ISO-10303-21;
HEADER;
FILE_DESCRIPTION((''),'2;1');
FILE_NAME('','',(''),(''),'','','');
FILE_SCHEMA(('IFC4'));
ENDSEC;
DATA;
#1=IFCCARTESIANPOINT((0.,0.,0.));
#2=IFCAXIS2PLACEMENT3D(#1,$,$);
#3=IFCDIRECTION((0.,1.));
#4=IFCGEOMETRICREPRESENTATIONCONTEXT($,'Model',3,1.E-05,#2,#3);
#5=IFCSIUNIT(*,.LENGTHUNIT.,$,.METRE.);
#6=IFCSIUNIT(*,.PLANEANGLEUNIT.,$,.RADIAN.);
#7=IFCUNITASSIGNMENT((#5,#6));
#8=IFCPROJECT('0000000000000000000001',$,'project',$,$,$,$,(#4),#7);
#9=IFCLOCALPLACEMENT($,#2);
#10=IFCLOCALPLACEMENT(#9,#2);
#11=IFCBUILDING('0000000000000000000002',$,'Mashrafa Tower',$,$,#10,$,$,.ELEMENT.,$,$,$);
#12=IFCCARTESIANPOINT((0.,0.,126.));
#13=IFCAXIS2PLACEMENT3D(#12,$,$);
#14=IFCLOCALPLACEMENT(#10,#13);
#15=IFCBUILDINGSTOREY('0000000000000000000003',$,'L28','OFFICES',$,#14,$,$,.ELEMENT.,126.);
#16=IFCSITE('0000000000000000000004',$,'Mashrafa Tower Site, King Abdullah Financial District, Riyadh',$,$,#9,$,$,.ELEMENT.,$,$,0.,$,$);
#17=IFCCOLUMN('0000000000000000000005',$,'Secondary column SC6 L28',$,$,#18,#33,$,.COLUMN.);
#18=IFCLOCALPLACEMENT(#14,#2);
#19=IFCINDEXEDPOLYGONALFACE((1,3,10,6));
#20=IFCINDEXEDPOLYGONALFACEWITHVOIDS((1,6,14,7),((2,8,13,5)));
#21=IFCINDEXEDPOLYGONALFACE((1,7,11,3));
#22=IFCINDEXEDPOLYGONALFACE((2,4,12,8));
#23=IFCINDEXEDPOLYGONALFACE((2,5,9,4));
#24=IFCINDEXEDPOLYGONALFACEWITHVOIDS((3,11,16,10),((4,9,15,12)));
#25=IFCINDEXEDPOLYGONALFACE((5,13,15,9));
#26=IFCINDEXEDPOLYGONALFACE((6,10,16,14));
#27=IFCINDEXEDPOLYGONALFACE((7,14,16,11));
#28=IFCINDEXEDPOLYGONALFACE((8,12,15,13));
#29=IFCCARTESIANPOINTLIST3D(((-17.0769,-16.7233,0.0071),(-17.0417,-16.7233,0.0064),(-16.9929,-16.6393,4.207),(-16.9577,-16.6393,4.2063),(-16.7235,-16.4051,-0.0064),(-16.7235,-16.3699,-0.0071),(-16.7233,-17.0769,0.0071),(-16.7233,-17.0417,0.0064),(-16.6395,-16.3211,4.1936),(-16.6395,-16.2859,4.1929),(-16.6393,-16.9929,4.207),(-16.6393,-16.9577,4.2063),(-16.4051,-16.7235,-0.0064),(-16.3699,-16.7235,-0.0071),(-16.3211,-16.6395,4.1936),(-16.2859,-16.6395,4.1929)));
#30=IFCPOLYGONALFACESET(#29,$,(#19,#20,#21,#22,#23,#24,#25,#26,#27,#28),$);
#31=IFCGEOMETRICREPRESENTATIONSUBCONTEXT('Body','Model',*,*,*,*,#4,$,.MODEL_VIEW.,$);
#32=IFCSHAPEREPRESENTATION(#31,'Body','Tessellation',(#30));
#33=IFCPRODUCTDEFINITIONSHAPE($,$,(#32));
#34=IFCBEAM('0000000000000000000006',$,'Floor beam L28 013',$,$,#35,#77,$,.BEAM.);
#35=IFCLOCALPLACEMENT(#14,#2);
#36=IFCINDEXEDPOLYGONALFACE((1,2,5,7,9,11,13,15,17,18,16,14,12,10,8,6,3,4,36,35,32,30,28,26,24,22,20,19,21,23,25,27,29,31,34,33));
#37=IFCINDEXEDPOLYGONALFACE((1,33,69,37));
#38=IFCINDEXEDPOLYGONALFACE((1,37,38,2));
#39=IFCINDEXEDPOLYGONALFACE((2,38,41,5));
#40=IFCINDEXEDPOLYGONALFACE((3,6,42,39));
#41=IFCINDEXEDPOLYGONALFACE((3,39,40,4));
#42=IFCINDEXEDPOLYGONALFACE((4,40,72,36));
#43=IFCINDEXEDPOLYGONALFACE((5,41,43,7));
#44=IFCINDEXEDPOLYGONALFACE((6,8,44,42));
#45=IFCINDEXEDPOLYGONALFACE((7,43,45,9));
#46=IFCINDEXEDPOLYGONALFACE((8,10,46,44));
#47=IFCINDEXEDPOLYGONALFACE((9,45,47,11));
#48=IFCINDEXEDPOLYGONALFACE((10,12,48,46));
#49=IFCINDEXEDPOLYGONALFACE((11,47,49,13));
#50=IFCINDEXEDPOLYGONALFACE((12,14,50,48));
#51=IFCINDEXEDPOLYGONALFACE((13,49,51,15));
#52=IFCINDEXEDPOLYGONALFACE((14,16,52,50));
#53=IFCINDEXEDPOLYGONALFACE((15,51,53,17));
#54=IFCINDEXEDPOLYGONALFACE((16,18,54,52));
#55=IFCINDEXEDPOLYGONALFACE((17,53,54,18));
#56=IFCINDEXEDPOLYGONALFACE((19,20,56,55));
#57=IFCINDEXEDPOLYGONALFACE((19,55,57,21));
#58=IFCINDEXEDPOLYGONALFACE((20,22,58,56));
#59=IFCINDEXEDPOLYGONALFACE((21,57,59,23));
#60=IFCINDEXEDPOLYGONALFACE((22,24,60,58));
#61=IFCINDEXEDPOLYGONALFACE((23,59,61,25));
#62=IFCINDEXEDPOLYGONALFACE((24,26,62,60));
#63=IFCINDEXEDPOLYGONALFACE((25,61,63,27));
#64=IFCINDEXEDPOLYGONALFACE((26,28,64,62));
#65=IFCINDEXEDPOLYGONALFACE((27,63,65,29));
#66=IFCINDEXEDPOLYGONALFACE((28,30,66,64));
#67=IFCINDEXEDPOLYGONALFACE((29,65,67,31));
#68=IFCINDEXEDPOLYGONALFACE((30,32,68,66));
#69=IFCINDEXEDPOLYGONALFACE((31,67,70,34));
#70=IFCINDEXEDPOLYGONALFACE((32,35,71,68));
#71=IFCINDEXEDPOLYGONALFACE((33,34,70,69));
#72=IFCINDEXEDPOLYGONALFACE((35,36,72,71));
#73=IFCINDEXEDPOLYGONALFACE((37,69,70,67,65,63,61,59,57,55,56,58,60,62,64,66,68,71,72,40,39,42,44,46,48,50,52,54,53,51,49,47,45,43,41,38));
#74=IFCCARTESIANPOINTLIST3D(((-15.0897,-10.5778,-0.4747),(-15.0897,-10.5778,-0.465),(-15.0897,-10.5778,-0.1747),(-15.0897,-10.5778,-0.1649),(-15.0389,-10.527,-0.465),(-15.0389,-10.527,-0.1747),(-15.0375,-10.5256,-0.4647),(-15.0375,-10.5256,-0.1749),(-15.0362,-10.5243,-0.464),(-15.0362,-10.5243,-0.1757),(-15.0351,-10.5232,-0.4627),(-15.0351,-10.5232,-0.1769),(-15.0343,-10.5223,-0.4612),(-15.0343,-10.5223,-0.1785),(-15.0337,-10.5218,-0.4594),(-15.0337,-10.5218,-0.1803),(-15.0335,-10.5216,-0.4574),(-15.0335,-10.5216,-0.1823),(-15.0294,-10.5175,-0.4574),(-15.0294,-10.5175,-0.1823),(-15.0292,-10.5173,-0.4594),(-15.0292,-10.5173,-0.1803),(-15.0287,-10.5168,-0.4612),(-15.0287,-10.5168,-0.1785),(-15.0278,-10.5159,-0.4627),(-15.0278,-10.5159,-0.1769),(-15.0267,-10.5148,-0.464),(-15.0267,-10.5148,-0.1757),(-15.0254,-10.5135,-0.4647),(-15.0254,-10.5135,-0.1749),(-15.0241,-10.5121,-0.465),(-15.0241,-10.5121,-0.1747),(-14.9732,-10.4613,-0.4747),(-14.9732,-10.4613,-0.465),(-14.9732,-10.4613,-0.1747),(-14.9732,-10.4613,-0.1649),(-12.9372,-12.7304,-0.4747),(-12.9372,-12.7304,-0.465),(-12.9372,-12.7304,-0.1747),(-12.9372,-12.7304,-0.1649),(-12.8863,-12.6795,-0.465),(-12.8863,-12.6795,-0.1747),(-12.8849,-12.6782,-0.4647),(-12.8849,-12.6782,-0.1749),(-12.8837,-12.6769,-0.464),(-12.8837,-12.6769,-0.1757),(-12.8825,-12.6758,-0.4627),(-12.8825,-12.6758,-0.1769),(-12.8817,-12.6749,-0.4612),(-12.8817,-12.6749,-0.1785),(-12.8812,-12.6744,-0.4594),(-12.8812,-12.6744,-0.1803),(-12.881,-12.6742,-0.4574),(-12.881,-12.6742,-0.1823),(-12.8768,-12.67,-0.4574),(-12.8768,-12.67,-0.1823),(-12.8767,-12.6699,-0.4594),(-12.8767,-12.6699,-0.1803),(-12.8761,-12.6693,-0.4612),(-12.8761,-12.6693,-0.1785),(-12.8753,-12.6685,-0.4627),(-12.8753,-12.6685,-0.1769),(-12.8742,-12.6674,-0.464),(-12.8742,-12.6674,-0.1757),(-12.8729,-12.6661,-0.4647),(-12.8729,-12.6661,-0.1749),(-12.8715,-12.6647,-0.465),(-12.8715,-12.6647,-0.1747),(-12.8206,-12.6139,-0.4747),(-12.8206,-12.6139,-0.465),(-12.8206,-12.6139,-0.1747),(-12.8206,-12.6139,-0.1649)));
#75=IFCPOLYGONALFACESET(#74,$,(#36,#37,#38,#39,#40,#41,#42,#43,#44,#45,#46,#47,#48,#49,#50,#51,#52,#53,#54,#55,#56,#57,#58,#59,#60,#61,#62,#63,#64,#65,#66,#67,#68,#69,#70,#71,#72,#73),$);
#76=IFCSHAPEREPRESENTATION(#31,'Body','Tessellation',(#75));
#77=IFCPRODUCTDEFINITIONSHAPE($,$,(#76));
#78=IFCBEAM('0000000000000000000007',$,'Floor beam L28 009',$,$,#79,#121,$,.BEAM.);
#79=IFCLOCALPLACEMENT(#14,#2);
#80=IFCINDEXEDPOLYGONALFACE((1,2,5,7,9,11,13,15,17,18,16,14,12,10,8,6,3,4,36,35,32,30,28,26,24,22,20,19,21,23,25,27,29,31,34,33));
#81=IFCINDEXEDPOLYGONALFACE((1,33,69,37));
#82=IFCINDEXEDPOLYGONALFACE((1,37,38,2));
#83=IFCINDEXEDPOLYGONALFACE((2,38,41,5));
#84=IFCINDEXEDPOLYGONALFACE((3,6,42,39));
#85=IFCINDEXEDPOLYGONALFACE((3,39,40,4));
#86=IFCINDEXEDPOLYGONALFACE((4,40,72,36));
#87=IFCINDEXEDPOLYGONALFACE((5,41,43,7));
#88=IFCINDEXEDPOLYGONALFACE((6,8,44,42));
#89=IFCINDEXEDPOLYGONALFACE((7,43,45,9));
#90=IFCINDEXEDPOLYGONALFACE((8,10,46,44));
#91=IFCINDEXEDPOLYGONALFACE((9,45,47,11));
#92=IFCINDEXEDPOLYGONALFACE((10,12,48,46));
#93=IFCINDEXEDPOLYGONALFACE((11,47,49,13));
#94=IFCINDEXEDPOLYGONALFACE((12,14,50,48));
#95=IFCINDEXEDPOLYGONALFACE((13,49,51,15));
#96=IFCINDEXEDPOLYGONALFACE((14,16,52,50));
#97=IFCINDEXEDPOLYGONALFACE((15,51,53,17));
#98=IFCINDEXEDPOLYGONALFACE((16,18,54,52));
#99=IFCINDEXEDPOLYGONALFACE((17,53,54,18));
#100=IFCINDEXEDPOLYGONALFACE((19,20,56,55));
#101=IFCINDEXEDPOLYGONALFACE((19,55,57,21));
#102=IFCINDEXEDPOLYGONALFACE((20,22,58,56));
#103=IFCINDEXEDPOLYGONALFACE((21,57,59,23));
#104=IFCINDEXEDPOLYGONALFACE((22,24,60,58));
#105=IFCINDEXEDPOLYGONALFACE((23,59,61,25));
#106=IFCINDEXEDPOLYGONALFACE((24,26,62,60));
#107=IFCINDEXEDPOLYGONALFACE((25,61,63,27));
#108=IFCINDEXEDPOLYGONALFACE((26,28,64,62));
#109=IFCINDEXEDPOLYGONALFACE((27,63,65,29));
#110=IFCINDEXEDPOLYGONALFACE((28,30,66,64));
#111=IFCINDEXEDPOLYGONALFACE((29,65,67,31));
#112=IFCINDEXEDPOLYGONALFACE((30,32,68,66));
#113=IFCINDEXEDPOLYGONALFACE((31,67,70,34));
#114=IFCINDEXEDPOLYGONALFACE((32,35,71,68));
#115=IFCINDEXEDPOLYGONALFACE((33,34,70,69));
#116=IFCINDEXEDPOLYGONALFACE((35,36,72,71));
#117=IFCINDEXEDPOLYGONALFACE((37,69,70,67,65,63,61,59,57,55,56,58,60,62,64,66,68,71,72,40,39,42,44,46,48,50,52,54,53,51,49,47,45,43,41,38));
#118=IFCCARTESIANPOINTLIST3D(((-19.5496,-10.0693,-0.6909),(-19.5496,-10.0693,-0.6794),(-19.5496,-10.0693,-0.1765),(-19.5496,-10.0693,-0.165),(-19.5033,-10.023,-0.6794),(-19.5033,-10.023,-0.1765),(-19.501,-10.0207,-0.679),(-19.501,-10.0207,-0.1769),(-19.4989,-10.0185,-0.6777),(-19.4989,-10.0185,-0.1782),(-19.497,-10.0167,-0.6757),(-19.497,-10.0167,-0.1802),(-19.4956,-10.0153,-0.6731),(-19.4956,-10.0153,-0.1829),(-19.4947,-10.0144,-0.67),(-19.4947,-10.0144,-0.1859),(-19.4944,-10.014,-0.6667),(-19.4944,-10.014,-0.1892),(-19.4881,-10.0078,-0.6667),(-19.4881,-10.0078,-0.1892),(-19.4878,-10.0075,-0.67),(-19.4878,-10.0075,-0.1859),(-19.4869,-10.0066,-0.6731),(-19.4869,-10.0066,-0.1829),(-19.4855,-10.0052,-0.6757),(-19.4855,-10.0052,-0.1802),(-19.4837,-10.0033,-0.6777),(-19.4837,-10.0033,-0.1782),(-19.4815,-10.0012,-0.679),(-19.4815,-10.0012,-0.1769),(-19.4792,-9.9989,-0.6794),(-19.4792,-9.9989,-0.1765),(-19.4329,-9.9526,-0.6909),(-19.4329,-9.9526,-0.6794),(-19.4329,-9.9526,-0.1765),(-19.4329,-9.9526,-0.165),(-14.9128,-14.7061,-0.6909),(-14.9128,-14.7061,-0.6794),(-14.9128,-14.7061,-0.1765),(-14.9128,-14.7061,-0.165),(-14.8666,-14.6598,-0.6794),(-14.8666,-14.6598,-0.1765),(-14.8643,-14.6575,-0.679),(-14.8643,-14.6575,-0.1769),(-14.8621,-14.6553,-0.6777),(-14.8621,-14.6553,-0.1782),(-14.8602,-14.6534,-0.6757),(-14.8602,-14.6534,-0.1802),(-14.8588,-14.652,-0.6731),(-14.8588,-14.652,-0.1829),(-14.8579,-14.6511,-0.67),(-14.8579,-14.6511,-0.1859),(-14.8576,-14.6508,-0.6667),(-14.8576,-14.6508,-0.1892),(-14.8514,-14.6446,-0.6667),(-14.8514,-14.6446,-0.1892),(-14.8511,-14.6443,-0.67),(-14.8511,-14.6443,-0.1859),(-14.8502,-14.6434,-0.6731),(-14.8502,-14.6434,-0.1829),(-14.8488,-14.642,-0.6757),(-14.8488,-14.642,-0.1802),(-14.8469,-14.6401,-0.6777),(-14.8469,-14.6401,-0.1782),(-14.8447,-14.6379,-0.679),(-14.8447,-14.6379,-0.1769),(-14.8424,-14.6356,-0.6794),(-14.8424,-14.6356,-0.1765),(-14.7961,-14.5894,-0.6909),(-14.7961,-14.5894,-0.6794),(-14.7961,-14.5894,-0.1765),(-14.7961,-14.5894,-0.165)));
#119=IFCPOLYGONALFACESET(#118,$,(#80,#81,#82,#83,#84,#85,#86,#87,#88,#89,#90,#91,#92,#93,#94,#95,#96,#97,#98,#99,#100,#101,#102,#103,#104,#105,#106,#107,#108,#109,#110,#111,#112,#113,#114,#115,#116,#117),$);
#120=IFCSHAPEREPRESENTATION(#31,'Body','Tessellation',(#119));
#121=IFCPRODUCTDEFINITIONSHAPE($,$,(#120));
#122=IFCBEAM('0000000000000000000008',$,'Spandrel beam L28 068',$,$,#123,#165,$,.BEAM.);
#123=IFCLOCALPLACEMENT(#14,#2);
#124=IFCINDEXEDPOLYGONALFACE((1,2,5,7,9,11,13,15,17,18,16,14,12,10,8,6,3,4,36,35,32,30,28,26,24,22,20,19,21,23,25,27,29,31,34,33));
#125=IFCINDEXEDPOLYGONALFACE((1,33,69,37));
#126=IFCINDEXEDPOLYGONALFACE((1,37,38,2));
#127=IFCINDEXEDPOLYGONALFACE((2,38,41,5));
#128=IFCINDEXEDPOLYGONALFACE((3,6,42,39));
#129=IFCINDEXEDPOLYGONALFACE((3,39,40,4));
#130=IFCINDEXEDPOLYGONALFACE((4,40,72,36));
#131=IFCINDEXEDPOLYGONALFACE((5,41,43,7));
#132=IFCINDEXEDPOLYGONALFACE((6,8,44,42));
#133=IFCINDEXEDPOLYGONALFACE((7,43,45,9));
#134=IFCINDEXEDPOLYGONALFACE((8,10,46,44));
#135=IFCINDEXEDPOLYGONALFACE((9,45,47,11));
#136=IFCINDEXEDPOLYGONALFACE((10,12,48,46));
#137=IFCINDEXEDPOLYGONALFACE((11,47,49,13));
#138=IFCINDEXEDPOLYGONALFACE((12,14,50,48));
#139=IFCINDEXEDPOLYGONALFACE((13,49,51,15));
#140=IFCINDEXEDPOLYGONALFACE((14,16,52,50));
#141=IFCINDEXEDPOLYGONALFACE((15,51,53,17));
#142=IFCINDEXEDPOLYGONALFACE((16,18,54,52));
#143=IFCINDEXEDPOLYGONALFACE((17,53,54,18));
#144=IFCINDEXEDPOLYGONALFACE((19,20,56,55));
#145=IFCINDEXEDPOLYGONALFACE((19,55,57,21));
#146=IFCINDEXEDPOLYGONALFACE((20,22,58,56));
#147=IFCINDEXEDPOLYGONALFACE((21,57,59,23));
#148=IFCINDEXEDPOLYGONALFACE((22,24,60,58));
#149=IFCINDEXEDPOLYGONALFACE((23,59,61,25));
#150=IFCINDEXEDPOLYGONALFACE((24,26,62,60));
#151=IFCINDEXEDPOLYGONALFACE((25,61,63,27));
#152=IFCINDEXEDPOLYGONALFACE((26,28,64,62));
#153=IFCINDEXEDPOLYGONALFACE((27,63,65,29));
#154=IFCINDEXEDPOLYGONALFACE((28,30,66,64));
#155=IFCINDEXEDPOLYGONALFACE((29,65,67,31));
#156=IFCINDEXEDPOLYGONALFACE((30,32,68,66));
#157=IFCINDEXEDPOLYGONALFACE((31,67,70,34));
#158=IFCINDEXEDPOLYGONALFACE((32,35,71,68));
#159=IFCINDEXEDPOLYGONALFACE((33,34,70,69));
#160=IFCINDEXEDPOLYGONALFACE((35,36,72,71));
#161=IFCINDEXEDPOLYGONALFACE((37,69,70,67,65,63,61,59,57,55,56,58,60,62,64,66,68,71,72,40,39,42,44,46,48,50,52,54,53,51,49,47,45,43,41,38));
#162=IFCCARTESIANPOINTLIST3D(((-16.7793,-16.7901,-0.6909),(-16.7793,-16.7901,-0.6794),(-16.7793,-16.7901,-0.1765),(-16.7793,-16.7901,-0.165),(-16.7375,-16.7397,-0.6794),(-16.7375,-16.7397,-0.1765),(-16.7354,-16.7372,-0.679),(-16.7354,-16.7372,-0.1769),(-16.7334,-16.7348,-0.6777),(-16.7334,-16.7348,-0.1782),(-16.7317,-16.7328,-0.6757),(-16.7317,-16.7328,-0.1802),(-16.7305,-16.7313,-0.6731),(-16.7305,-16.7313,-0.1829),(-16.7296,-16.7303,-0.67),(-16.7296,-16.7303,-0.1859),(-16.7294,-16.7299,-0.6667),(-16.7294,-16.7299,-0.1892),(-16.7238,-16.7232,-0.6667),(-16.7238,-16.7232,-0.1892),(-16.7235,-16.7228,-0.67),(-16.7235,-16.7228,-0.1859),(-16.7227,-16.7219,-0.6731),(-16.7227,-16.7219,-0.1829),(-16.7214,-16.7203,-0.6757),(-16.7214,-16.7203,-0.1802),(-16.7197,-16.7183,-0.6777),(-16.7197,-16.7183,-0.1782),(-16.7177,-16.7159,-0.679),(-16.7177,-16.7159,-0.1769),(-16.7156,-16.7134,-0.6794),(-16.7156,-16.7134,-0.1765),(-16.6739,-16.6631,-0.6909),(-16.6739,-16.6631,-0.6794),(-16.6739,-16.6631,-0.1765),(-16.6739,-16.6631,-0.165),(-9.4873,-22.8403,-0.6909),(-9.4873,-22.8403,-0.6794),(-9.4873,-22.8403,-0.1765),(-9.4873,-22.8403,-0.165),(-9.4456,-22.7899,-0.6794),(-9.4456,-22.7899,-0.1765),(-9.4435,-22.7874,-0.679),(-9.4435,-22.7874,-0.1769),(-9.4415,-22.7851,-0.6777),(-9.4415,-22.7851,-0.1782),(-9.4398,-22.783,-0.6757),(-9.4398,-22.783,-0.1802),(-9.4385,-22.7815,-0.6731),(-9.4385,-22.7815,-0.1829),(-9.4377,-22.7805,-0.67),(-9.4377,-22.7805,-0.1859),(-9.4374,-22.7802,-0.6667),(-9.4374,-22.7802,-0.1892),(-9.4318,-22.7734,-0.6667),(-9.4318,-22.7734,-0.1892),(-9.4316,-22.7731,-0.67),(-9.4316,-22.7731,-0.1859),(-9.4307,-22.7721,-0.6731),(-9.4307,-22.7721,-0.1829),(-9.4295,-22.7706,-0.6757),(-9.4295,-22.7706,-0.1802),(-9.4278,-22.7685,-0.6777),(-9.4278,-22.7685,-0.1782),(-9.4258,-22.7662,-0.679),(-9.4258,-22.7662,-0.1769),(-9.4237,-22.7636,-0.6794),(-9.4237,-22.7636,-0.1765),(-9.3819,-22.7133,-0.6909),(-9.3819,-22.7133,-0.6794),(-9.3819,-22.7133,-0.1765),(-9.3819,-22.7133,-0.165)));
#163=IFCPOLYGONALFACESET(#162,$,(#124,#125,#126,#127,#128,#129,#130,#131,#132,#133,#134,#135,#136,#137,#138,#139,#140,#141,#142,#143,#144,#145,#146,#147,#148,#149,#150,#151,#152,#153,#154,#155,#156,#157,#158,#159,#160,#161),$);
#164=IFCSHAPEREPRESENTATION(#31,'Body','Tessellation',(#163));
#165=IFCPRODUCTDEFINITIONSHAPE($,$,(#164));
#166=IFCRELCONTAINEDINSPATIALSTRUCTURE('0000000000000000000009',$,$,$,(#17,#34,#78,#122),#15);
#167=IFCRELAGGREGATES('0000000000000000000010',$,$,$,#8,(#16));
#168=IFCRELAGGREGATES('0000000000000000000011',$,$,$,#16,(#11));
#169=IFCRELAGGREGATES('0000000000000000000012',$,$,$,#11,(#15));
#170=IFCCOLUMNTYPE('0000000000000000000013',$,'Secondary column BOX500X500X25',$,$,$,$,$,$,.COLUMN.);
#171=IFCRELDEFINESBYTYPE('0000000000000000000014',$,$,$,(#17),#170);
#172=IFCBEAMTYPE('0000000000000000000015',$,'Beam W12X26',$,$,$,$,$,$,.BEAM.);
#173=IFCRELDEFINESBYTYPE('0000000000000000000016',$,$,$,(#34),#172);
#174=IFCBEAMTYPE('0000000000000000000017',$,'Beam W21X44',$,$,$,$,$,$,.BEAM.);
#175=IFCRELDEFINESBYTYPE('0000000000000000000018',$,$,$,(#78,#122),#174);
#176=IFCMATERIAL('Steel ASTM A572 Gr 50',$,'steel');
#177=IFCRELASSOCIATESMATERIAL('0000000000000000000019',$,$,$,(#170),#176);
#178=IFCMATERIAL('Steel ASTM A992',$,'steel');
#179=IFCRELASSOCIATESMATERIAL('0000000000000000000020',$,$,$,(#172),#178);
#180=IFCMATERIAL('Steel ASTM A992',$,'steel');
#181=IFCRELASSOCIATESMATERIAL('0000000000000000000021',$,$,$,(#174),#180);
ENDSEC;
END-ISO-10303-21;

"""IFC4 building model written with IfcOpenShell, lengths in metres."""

from ifc_helpers import new_model, si_unit, direction, frame, origin, origin_2d, place, context, subcontext, project, spatial, hollow_rectangle, i_section, extrude, material, material_profile, profile_set, type_object, element, save


model = new_model("IFC4")

# Units and contexts
model_context = context("Model", 3, precision=1e-05, world=origin(), true_north=direction((0.0, 1.0)))
body_context = subcontext(model_context, "Body", "Model", "MODEL_VIEW")
ifc_project = project(units=[si_unit("LENGTHUNIT", "METRE"), si_unit("PLANEANGLEUNIT", "RADIAN")], contexts=[model_context])

# Site, building, storey
site_placement = place(None, origin())
site = spatial("IfcSite", under=ifc_project, at=site_placement, Name="Mashrafa Tower Site, King Abdullah Financial District, Riyadh", CompositionType="ELEMENT", RefElevation=0.0)
building_placement = place(site_placement, origin())
building = spatial("IfcBuilding", under=site, at=building_placement, Name="Mashrafa Tower", CompositionType="ELEMENT")
storey_placement = place(building_placement, frame((0.0, 0.0, 126.0)))
storey = spatial("IfcBuildingStorey", under=building, at=storey_placement, Name="L28", Description="OFFICES", CompositionType="ELEMENT", Elevation=126.0)

# Column
ifc_material_1 = material(Name="Steel ASTM A572 Gr 50", Category="steel")
ifc_material_profile_1 = material_profile(ifc_material_1, hollow_rectangle(XDim=0.5, YDim=0.5, WallThickness=0.0249, at=origin_2d()), Name="BOX500X500X25")
ifc_profile_set_1 = profile_set([ifc_material_profile_1], Name="Steel ASTM A572 Gr 50")
column_type = type_object("IfcColumnType", Name="Secondary column BOX500X500X25", PredefinedType="COLUMN", material=ifc_profile_set_1)
column_placement = place(storey_placement, frame((-16.7234, -16.7234, 0.0), z_axis=(0.019989, 0.019989, 0.9996), x_axis=(-0.707107, 0.707107, 0.0)))
element("IfcColumn", 1, at=column_placement, inside=storey, type_object=column_type, Name="Secondary column SC6 L28", PredefinedType="COLUMN", context=body_context, shape_type="SweptSolid", body=[
    extrude(hollow_rectangle(XDim=0.5, YDim=0.5, WallThickness=0.0249, at=origin_2d()), origin(), (0.0, 0.0, 1.0), 4.2017),
])

# Beams
ifc_material_2 = material(Name="Steel ASTM A992", Category="steel")
ifc_material_profile_2 = material_profile(ifc_material_2, i_section(OverallWidth=0.1648, OverallDepth=0.3098, WebThickness=0.0059, FlangeThickness=0.0098, FilletRadius=0.0076, at=origin_2d()), Name="W12X26")
ifc_profile_set_2 = profile_set([ifc_material_profile_2], Name="Steel ASTM A992")
beam_type_1 = type_object("IfcBeamType", Name="Beam W12X26", PredefinedType="BEAM", material=ifc_profile_set_2)
beam_1_placement = place(storey_placement, frame((-12.8789, -12.6721, -0.3198), z_axis=(-0.707107, 0.707107, 0.0), x_axis=(-0.707107, -0.707107, 0.0)))
element("IfcBeam", 2, at=beam_1_placement, inside=storey, type_object=beam_type_1, Name="Floor beam L28 013", PredefinedType="BEAM", context=body_context, shape_type="SweptSolid", body=[
    extrude(i_section(OverallWidth=0.1648, OverallDepth=0.3098, WebThickness=0.0059, FlangeThickness=0.0098, FilletRadius=0.0076, at=origin_2d()), origin(), (0.0, 0.0, 1.0), 3.0442),
])
ifc_material_3 = material(Name="Steel ASTM A992", Category="steel")
ifc_material_profile_3 = material_profile(ifc_material_3, i_section(OverallWidth=0.165, OverallDepth=0.5259, WebThickness=0.0088, FlangeThickness=0.0115, FilletRadius=0.0127, at=origin_2d()), Name="W21X44")
ifc_profile_set_3 = profile_set([ifc_material_profile_3], Name="Steel ASTM A992")
beam_type_2 = type_object("IfcBeamType", Name="Beam W21X44", PredefinedType="BEAM", material=ifc_profile_set_3)
beam_2_placement = place(storey_placement, frame((-14.8545, -14.6477, -0.428), z_axis=(-0.707107, 0.707107, 0.0), x_axis=(-0.707107, -0.707107, 0.0)))
element("IfcBeam", 3, at=beam_2_placement, inside=storey, type_object=beam_type_2, Name="Floor beam L28 009", PredefinedType="BEAM", context=body_context, shape_type="SweptSolid", body=[
    extrude(i_section(OverallWidth=0.165, OverallDepth=0.5259, WebThickness=0.0088, FlangeThickness=0.0115, FilletRadius=0.0127, at=origin_2d()), origin(), (0.0, 0.0, 1.0), 6.5574),
])
beam_3_placement = place(storey_placement, frame((-16.7266, -16.7266, -0.428), z_axis=(0.769588, -0.638541, 0.0), x_axis=(0.638541, 0.769588, 0.0)))
element("IfcBeam", 4, at=beam_3_placement, inside=storey, type_object=beam_type_2, Name="Spandrel beam L28 068", PredefinedType="BEAM", context=body_context, shape_type="SweptSolid", body=[
    extrude(i_section(OverallWidth=0.165, OverallDepth=0.5259, WebThickness=0.0088, FlangeThickness=0.0115, FilletRadius=0.0127, at=origin_2d()), origin(), (0.0, 0.0, 1.0), 9.4751),
])

save(model, "model.ifc")
